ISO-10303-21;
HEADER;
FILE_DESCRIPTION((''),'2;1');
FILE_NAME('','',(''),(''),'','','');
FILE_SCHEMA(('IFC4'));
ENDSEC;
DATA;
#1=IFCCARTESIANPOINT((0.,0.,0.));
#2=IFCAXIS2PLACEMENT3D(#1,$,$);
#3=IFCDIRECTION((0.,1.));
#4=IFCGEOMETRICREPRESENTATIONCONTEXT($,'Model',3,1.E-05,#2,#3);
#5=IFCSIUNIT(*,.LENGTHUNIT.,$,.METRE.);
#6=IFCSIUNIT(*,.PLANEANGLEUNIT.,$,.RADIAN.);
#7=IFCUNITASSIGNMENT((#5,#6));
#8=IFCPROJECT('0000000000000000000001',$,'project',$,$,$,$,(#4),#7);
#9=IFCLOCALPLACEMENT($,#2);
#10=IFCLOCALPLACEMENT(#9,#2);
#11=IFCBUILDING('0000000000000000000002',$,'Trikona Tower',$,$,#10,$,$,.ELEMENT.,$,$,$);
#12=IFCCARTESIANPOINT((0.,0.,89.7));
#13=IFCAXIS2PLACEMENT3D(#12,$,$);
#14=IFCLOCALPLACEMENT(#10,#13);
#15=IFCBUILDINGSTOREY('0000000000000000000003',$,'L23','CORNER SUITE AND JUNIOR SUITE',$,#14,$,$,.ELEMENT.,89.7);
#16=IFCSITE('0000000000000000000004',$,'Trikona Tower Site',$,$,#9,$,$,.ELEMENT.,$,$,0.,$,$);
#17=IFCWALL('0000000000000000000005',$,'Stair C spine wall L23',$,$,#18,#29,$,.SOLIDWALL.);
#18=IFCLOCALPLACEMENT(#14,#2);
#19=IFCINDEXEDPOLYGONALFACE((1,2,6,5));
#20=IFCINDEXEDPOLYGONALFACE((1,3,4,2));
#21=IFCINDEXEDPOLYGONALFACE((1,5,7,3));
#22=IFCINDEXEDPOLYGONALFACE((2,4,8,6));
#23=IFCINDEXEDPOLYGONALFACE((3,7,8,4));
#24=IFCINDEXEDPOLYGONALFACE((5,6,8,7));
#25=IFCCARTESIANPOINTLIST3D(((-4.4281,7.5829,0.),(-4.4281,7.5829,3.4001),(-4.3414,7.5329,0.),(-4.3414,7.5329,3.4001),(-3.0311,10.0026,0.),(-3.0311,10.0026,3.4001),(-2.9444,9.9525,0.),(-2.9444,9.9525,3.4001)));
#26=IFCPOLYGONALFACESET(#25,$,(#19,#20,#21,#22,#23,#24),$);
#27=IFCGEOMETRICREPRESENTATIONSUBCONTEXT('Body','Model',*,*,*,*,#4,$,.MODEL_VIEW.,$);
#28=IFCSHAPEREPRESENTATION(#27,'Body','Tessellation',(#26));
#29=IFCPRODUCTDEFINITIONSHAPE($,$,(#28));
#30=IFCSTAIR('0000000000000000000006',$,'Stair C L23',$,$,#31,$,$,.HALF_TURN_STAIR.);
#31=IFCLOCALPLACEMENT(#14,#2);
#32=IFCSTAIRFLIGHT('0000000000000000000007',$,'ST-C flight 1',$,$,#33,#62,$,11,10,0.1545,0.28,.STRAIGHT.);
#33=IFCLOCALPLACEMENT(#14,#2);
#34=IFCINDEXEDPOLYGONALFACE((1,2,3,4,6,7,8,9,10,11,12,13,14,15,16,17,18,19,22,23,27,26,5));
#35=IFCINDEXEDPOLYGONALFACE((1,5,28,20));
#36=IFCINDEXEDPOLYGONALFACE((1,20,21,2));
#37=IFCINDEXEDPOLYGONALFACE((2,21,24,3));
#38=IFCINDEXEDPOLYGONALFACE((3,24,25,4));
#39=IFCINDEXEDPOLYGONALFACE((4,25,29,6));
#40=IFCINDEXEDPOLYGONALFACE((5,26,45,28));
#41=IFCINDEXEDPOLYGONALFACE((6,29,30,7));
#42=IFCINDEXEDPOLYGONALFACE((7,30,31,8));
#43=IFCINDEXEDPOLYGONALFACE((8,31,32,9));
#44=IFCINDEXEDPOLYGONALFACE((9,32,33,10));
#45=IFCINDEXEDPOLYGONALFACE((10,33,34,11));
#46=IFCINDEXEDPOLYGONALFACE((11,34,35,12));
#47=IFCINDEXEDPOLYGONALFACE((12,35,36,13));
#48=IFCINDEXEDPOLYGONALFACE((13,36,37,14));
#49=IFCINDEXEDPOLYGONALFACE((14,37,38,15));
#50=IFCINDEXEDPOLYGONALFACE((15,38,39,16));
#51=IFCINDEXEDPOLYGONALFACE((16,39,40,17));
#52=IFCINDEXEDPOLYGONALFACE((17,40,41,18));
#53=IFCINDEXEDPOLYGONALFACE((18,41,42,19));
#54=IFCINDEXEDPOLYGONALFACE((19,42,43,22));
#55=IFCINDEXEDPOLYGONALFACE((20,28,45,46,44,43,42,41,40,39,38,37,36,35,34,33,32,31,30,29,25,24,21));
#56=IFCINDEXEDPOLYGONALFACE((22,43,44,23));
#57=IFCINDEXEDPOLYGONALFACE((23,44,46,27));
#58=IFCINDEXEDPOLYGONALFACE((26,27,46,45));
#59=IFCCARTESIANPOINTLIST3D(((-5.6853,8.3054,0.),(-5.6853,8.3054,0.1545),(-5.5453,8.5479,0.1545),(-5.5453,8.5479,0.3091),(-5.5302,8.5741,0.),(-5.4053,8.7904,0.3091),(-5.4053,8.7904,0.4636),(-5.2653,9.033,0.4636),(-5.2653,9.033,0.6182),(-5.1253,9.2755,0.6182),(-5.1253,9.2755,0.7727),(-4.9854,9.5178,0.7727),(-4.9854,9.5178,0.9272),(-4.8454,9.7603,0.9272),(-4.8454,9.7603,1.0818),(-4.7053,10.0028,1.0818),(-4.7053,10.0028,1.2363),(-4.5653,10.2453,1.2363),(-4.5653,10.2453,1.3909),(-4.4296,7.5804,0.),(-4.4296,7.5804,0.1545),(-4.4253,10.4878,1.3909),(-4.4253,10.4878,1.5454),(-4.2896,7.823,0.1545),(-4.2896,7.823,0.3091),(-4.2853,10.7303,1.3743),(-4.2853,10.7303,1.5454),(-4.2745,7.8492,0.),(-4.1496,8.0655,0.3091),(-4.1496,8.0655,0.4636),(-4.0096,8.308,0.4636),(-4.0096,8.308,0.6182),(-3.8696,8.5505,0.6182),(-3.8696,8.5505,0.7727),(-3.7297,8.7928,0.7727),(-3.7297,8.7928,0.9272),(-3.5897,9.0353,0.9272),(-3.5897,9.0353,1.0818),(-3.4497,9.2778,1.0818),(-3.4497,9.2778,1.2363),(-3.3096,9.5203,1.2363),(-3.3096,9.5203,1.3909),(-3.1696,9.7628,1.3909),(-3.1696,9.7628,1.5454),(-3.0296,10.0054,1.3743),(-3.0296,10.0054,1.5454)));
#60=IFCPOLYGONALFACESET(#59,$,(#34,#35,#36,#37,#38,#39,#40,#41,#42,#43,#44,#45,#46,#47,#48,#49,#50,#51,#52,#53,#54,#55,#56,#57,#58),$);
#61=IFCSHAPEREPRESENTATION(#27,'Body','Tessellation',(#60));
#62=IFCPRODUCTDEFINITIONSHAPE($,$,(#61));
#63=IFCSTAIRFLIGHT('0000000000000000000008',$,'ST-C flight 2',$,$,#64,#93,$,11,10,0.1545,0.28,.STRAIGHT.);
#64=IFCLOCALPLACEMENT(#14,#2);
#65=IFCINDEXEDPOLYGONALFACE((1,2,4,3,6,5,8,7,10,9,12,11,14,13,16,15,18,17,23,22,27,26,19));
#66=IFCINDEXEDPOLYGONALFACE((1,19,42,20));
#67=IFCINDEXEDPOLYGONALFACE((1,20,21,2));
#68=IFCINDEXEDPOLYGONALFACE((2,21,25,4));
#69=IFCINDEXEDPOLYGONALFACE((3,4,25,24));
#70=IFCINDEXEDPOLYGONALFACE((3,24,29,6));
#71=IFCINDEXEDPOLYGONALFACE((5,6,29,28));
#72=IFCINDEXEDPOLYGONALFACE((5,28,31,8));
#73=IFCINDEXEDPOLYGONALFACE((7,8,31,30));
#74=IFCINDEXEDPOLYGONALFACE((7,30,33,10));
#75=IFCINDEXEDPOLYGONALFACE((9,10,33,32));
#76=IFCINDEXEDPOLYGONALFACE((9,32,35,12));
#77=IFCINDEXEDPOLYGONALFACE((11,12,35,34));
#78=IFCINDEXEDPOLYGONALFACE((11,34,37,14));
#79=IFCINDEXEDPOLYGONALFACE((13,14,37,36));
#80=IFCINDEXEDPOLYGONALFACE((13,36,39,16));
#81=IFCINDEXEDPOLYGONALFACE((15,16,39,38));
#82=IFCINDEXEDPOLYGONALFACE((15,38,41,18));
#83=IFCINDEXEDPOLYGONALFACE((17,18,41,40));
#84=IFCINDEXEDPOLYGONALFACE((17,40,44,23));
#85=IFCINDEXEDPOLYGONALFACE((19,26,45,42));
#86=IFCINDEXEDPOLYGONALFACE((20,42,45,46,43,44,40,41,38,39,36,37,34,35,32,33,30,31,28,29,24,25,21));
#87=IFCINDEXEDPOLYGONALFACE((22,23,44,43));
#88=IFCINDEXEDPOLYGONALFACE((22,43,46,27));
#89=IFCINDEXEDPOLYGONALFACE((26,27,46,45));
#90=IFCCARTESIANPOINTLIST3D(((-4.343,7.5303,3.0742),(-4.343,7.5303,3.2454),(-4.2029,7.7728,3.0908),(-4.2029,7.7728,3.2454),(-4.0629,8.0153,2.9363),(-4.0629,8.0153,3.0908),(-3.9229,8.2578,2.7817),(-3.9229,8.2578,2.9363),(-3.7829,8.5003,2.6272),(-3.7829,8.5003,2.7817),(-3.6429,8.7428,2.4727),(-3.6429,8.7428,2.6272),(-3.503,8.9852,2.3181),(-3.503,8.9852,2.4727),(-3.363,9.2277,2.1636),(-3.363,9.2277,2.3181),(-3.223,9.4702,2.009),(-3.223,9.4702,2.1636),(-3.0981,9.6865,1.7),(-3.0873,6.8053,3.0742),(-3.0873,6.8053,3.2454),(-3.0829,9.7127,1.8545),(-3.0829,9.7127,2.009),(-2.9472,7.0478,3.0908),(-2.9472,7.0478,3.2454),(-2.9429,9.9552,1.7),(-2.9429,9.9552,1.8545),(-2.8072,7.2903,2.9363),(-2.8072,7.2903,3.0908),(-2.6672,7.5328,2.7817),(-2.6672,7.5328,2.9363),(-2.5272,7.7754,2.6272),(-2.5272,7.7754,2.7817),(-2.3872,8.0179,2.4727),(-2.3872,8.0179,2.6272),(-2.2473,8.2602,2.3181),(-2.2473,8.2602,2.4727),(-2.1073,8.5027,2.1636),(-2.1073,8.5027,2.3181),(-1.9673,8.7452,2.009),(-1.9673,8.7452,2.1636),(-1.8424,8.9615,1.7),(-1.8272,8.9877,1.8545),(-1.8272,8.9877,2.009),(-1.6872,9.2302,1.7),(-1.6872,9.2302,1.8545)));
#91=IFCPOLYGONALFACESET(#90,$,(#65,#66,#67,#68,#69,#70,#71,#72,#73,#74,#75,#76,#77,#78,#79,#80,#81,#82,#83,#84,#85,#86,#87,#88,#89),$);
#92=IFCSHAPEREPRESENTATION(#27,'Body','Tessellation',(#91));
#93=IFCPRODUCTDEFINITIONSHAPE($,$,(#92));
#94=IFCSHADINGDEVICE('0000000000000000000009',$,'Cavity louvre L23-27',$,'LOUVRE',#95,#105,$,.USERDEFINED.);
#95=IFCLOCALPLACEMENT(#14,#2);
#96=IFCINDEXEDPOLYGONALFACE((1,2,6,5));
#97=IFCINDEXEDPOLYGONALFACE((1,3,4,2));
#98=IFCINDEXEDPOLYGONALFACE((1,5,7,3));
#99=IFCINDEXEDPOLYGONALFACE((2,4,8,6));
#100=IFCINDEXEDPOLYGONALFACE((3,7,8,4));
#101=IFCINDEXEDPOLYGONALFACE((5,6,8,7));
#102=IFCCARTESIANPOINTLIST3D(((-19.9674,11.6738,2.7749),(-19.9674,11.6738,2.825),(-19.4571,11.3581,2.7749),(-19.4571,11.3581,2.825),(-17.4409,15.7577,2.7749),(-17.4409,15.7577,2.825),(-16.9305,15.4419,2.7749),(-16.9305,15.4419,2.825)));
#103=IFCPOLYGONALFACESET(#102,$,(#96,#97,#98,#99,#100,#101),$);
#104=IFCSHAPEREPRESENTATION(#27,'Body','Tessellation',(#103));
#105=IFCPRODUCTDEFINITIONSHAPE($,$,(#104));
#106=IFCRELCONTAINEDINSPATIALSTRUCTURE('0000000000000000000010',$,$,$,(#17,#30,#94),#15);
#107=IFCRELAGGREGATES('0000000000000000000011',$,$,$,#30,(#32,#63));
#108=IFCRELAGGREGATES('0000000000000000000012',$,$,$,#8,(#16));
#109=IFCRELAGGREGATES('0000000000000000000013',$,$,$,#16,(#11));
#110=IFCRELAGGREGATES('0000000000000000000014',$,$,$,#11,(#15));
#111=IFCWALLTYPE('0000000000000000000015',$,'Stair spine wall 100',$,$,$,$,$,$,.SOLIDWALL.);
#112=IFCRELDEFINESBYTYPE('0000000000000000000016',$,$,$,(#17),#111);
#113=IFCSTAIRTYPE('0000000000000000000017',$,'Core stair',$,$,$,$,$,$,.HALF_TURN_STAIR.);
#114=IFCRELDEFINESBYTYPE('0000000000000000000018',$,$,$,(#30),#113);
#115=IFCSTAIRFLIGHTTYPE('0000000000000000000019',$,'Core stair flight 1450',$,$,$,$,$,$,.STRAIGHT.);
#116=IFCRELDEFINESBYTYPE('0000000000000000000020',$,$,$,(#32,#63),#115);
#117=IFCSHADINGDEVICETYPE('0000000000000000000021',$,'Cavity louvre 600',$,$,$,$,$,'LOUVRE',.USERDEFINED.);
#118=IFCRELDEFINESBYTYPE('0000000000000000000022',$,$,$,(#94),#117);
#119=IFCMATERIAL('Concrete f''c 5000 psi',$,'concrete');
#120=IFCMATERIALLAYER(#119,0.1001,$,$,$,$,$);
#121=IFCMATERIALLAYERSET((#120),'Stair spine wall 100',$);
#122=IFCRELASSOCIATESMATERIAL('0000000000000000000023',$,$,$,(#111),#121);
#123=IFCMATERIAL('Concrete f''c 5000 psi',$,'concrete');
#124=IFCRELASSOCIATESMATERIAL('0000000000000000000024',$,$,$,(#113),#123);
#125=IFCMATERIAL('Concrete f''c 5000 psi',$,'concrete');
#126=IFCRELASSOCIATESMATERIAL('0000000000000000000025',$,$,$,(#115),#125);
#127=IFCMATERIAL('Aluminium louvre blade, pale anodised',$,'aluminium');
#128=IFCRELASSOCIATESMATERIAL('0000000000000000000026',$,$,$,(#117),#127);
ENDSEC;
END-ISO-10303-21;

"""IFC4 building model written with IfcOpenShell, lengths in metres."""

from ifc_helpers import new_model, si_unit, direction, frame, frame_2d, origin, origin_2d, place, context, subcontext, project, spatial, polyline, rectangle, outline, extrude, material, layer, layer_set, type_object, element, aggregate, save


model = new_model("IFC4")

# Units and contexts
model_context = context("Model", 3, precision=1e-05, world=origin(), true_north=direction((0.0, 1.0)))
body_context = subcontext(model_context, "Body", "Model", "MODEL_VIEW")
ifc_project = project(units=[si_unit("LENGTHUNIT", "METRE"), si_unit("PLANEANGLEUNIT", "RADIAN")], contexts=[model_context])

# Site, building, storey
site_placement = place(None, origin())
site = spatial("IfcSite", under=ifc_project, at=site_placement, Name="Trikona Tower Site", CompositionType="ELEMENT", RefElevation=0.0)
building_placement = place(site_placement, origin())
building = spatial("IfcBuilding", under=site, at=building_placement, Name="Trikona Tower", CompositionType="ELEMENT")
storey_placement = place(building_placement, frame((0.0, 0.0, 89.7)))
storey = spatial("IfcBuildingStorey", under=building, at=storey_placement, Name="L23", Description="CORNER SUITE AND JUNIOR SUITE", CompositionType="ELEMENT", Elevation=89.7)

# Wall
ifc_material_1 = material(Name="Concrete f'c 5000 psi", Category="concrete")
ifc_layer_1 = layer(ifc_material_1, 0.1001)
ifc_layer_set_1 = layer_set([ifc_layer_1], Name="Stair spine wall 100")
wall_type_1 = type_object("IfcWallType", Name="Stair spine wall 100", PredefinedType="SOLIDWALL", material=ifc_layer_set_1)
wall_1_placement = place(storey_placement, frame((-2.9878, 9.9775, 0.0), z_axis=(0.0, 0.0, 1.0), x_axis=(-0.499992, -0.86603, 0.0)))
element("IfcWall", 1, at=wall_1_placement, inside=storey, type_object=wall_type_1, Name="Stair C spine wall L23", PredefinedType="SOLIDWALL", context=body_context, shape_type="SweptSolid", body=[
    extrude(rectangle(XDim=2.7939, YDim=0.1001, at=frame_2d((1.397, 0.0))), origin(), (0.0, 0.0, 1.0), 3.4001),
])

# Stair, stair flights
ifc_material_2 = material(Name="Concrete f'c 5000 psi", Category="concrete")
stair_type = type_object("IfcStairType", Name="Core stair", PredefinedType="HALF_TURN_STAIR", material=ifc_material_2)
stair_placement = place(storey_placement, origin())
stair = element("IfcStair", 2, at=stair_placement, inside=storey, type_object=stair_type, Name="Stair C L23", PredefinedType="HALF_TURN_STAIR")
ifc_material_3 = material(Name="Concrete f'c 5000 psi", Category="concrete")
stair_flight_type = type_object("IfcStairFlightType", Name="Core stair flight 1450", PredefinedType="STRAIGHT", material=ifc_material_3)
stair_flight_1_placement = place(storey_placement, frame((-5.0574, 7.9429, 0.0), z_axis=(0.0, 0.0, 1.0), x_axis=(0.5, 0.866025, 0.0)))
stair_flight_1 = element("IfcStairFlight", 3, at=stair_flight_1_placement, type_object=stair_flight_type, Name="ST-C flight 1", NumberOfRisers=11, NumberOfTreads=10, PredefinedType="STRAIGHT", RiserHeight=0.1545, TreadLength=0.28, context=body_context, shape_type="SweptSolid", body=[
    extrude(outline(polyline([(0.0, 0.0), (0.0, 0.1545), (0.28, 0.1545), (0.28, 0.3091), (0.5601, 0.3091), (0.5601, 0.4636), (0.8401, 0.4636), (0.8401, 0.6182), (1.1201, 0.6182), (1.1201, 0.7727), (1.3999, 0.7727), (1.3999, 0.9272), (1.6799, 0.9272), (1.6799, 1.0818), (1.96, 1.0818), (1.96, 1.2363), (2.24, 1.2363), (2.24, 1.3909), (2.52, 1.3909), (2.52, 1.5454), (2.8, 1.5454), (2.8, 1.7), (2.8, 1.3743), (0.3103, 0.0), (0.0, 0.0)])), frame((0.0, 0.7251, 0.0), z_axis=(0.0, -1.0, 0.0), x_axis=(1.0, 0.0, 0.0)), (0.0, 0.0, 1.0), 1.45),
])
stair_flight_2_placement = place(storey_placement, frame((-2.3152, 9.5928, 1.7), z_axis=(0.0, 0.0, 1.0), x_axis=(-0.5, -0.866025, 0.0)))
stair_flight_2 = element("IfcStairFlight", 4, at=stair_flight_2_placement, type_object=stair_flight_type, Name="ST-C flight 2", NumberOfRisers=11, NumberOfTreads=10, PredefinedType="STRAIGHT", RiserHeight=0.1545, TreadLength=0.28, context=body_context, shape_type="SweptSolid", body=[
    extrude(outline(polyline([(0.0, 0.0), (0.0, 0.1545), (0.28, 0.1545), (0.28, 0.3091), (0.5601, 0.3091), (0.5601, 0.4636), (0.8401, 0.4636), (0.8401, 0.6182), (1.1201, 0.6182), (1.1201, 0.7727), (1.3999, 0.7727), (1.3999, 0.9272), (1.6799, 0.9272), (1.6799, 1.0818), (1.96, 1.0818), (1.96, 1.2363), (2.24, 1.2363), (2.24, 1.3909), (2.52, 1.3909), (2.52, 1.5454), (2.8, 1.5454), (2.8, 1.7), (2.8, 1.3743), (0.3103, 0.0), (0.0, 0.0)])), frame((0.0, 0.7251, 0.0), z_axis=(0.0, -1.0, 0.0), x_axis=(1.0, 0.0, 0.0)), (0.0, 0.0, 1.0), 1.45),
])
aggregate(stair, [stair_flight_1, stair_flight_2])

# Shading device
ifc_material_4 = material(Name="Aluminium louvre blade, pale anodised", Category="aluminium")
shading_device_type = type_object("IfcShadingDeviceType", Name="Cavity louvre 600", ElementType="LOUVRE", PredefinedType="USERDEFINED", material=ifc_material_4)
shading_device_placement = place(storey_placement, frame((-18.449, 13.5579, 2.7749), z_axis=(0.0, 0.0, 1.0), x_axis=(-0.526119, -0.850411, 0.0)))
element("IfcShadingDevice", 5, at=shading_device_placement, inside=storey, type_object=shading_device_type, Name="Cavity louvre L23-27", ObjectType="LOUVRE", PredefinedType="USERDEFINED", context=body_context, shape_type="SweptSolid", body=[
    extrude(rectangle(XDim=4.8022, YDim=0.6001, at=origin_2d()), origin(), (0.0, 0.0, 1.0), 0.05),
])

save(model, "model.ifc")
